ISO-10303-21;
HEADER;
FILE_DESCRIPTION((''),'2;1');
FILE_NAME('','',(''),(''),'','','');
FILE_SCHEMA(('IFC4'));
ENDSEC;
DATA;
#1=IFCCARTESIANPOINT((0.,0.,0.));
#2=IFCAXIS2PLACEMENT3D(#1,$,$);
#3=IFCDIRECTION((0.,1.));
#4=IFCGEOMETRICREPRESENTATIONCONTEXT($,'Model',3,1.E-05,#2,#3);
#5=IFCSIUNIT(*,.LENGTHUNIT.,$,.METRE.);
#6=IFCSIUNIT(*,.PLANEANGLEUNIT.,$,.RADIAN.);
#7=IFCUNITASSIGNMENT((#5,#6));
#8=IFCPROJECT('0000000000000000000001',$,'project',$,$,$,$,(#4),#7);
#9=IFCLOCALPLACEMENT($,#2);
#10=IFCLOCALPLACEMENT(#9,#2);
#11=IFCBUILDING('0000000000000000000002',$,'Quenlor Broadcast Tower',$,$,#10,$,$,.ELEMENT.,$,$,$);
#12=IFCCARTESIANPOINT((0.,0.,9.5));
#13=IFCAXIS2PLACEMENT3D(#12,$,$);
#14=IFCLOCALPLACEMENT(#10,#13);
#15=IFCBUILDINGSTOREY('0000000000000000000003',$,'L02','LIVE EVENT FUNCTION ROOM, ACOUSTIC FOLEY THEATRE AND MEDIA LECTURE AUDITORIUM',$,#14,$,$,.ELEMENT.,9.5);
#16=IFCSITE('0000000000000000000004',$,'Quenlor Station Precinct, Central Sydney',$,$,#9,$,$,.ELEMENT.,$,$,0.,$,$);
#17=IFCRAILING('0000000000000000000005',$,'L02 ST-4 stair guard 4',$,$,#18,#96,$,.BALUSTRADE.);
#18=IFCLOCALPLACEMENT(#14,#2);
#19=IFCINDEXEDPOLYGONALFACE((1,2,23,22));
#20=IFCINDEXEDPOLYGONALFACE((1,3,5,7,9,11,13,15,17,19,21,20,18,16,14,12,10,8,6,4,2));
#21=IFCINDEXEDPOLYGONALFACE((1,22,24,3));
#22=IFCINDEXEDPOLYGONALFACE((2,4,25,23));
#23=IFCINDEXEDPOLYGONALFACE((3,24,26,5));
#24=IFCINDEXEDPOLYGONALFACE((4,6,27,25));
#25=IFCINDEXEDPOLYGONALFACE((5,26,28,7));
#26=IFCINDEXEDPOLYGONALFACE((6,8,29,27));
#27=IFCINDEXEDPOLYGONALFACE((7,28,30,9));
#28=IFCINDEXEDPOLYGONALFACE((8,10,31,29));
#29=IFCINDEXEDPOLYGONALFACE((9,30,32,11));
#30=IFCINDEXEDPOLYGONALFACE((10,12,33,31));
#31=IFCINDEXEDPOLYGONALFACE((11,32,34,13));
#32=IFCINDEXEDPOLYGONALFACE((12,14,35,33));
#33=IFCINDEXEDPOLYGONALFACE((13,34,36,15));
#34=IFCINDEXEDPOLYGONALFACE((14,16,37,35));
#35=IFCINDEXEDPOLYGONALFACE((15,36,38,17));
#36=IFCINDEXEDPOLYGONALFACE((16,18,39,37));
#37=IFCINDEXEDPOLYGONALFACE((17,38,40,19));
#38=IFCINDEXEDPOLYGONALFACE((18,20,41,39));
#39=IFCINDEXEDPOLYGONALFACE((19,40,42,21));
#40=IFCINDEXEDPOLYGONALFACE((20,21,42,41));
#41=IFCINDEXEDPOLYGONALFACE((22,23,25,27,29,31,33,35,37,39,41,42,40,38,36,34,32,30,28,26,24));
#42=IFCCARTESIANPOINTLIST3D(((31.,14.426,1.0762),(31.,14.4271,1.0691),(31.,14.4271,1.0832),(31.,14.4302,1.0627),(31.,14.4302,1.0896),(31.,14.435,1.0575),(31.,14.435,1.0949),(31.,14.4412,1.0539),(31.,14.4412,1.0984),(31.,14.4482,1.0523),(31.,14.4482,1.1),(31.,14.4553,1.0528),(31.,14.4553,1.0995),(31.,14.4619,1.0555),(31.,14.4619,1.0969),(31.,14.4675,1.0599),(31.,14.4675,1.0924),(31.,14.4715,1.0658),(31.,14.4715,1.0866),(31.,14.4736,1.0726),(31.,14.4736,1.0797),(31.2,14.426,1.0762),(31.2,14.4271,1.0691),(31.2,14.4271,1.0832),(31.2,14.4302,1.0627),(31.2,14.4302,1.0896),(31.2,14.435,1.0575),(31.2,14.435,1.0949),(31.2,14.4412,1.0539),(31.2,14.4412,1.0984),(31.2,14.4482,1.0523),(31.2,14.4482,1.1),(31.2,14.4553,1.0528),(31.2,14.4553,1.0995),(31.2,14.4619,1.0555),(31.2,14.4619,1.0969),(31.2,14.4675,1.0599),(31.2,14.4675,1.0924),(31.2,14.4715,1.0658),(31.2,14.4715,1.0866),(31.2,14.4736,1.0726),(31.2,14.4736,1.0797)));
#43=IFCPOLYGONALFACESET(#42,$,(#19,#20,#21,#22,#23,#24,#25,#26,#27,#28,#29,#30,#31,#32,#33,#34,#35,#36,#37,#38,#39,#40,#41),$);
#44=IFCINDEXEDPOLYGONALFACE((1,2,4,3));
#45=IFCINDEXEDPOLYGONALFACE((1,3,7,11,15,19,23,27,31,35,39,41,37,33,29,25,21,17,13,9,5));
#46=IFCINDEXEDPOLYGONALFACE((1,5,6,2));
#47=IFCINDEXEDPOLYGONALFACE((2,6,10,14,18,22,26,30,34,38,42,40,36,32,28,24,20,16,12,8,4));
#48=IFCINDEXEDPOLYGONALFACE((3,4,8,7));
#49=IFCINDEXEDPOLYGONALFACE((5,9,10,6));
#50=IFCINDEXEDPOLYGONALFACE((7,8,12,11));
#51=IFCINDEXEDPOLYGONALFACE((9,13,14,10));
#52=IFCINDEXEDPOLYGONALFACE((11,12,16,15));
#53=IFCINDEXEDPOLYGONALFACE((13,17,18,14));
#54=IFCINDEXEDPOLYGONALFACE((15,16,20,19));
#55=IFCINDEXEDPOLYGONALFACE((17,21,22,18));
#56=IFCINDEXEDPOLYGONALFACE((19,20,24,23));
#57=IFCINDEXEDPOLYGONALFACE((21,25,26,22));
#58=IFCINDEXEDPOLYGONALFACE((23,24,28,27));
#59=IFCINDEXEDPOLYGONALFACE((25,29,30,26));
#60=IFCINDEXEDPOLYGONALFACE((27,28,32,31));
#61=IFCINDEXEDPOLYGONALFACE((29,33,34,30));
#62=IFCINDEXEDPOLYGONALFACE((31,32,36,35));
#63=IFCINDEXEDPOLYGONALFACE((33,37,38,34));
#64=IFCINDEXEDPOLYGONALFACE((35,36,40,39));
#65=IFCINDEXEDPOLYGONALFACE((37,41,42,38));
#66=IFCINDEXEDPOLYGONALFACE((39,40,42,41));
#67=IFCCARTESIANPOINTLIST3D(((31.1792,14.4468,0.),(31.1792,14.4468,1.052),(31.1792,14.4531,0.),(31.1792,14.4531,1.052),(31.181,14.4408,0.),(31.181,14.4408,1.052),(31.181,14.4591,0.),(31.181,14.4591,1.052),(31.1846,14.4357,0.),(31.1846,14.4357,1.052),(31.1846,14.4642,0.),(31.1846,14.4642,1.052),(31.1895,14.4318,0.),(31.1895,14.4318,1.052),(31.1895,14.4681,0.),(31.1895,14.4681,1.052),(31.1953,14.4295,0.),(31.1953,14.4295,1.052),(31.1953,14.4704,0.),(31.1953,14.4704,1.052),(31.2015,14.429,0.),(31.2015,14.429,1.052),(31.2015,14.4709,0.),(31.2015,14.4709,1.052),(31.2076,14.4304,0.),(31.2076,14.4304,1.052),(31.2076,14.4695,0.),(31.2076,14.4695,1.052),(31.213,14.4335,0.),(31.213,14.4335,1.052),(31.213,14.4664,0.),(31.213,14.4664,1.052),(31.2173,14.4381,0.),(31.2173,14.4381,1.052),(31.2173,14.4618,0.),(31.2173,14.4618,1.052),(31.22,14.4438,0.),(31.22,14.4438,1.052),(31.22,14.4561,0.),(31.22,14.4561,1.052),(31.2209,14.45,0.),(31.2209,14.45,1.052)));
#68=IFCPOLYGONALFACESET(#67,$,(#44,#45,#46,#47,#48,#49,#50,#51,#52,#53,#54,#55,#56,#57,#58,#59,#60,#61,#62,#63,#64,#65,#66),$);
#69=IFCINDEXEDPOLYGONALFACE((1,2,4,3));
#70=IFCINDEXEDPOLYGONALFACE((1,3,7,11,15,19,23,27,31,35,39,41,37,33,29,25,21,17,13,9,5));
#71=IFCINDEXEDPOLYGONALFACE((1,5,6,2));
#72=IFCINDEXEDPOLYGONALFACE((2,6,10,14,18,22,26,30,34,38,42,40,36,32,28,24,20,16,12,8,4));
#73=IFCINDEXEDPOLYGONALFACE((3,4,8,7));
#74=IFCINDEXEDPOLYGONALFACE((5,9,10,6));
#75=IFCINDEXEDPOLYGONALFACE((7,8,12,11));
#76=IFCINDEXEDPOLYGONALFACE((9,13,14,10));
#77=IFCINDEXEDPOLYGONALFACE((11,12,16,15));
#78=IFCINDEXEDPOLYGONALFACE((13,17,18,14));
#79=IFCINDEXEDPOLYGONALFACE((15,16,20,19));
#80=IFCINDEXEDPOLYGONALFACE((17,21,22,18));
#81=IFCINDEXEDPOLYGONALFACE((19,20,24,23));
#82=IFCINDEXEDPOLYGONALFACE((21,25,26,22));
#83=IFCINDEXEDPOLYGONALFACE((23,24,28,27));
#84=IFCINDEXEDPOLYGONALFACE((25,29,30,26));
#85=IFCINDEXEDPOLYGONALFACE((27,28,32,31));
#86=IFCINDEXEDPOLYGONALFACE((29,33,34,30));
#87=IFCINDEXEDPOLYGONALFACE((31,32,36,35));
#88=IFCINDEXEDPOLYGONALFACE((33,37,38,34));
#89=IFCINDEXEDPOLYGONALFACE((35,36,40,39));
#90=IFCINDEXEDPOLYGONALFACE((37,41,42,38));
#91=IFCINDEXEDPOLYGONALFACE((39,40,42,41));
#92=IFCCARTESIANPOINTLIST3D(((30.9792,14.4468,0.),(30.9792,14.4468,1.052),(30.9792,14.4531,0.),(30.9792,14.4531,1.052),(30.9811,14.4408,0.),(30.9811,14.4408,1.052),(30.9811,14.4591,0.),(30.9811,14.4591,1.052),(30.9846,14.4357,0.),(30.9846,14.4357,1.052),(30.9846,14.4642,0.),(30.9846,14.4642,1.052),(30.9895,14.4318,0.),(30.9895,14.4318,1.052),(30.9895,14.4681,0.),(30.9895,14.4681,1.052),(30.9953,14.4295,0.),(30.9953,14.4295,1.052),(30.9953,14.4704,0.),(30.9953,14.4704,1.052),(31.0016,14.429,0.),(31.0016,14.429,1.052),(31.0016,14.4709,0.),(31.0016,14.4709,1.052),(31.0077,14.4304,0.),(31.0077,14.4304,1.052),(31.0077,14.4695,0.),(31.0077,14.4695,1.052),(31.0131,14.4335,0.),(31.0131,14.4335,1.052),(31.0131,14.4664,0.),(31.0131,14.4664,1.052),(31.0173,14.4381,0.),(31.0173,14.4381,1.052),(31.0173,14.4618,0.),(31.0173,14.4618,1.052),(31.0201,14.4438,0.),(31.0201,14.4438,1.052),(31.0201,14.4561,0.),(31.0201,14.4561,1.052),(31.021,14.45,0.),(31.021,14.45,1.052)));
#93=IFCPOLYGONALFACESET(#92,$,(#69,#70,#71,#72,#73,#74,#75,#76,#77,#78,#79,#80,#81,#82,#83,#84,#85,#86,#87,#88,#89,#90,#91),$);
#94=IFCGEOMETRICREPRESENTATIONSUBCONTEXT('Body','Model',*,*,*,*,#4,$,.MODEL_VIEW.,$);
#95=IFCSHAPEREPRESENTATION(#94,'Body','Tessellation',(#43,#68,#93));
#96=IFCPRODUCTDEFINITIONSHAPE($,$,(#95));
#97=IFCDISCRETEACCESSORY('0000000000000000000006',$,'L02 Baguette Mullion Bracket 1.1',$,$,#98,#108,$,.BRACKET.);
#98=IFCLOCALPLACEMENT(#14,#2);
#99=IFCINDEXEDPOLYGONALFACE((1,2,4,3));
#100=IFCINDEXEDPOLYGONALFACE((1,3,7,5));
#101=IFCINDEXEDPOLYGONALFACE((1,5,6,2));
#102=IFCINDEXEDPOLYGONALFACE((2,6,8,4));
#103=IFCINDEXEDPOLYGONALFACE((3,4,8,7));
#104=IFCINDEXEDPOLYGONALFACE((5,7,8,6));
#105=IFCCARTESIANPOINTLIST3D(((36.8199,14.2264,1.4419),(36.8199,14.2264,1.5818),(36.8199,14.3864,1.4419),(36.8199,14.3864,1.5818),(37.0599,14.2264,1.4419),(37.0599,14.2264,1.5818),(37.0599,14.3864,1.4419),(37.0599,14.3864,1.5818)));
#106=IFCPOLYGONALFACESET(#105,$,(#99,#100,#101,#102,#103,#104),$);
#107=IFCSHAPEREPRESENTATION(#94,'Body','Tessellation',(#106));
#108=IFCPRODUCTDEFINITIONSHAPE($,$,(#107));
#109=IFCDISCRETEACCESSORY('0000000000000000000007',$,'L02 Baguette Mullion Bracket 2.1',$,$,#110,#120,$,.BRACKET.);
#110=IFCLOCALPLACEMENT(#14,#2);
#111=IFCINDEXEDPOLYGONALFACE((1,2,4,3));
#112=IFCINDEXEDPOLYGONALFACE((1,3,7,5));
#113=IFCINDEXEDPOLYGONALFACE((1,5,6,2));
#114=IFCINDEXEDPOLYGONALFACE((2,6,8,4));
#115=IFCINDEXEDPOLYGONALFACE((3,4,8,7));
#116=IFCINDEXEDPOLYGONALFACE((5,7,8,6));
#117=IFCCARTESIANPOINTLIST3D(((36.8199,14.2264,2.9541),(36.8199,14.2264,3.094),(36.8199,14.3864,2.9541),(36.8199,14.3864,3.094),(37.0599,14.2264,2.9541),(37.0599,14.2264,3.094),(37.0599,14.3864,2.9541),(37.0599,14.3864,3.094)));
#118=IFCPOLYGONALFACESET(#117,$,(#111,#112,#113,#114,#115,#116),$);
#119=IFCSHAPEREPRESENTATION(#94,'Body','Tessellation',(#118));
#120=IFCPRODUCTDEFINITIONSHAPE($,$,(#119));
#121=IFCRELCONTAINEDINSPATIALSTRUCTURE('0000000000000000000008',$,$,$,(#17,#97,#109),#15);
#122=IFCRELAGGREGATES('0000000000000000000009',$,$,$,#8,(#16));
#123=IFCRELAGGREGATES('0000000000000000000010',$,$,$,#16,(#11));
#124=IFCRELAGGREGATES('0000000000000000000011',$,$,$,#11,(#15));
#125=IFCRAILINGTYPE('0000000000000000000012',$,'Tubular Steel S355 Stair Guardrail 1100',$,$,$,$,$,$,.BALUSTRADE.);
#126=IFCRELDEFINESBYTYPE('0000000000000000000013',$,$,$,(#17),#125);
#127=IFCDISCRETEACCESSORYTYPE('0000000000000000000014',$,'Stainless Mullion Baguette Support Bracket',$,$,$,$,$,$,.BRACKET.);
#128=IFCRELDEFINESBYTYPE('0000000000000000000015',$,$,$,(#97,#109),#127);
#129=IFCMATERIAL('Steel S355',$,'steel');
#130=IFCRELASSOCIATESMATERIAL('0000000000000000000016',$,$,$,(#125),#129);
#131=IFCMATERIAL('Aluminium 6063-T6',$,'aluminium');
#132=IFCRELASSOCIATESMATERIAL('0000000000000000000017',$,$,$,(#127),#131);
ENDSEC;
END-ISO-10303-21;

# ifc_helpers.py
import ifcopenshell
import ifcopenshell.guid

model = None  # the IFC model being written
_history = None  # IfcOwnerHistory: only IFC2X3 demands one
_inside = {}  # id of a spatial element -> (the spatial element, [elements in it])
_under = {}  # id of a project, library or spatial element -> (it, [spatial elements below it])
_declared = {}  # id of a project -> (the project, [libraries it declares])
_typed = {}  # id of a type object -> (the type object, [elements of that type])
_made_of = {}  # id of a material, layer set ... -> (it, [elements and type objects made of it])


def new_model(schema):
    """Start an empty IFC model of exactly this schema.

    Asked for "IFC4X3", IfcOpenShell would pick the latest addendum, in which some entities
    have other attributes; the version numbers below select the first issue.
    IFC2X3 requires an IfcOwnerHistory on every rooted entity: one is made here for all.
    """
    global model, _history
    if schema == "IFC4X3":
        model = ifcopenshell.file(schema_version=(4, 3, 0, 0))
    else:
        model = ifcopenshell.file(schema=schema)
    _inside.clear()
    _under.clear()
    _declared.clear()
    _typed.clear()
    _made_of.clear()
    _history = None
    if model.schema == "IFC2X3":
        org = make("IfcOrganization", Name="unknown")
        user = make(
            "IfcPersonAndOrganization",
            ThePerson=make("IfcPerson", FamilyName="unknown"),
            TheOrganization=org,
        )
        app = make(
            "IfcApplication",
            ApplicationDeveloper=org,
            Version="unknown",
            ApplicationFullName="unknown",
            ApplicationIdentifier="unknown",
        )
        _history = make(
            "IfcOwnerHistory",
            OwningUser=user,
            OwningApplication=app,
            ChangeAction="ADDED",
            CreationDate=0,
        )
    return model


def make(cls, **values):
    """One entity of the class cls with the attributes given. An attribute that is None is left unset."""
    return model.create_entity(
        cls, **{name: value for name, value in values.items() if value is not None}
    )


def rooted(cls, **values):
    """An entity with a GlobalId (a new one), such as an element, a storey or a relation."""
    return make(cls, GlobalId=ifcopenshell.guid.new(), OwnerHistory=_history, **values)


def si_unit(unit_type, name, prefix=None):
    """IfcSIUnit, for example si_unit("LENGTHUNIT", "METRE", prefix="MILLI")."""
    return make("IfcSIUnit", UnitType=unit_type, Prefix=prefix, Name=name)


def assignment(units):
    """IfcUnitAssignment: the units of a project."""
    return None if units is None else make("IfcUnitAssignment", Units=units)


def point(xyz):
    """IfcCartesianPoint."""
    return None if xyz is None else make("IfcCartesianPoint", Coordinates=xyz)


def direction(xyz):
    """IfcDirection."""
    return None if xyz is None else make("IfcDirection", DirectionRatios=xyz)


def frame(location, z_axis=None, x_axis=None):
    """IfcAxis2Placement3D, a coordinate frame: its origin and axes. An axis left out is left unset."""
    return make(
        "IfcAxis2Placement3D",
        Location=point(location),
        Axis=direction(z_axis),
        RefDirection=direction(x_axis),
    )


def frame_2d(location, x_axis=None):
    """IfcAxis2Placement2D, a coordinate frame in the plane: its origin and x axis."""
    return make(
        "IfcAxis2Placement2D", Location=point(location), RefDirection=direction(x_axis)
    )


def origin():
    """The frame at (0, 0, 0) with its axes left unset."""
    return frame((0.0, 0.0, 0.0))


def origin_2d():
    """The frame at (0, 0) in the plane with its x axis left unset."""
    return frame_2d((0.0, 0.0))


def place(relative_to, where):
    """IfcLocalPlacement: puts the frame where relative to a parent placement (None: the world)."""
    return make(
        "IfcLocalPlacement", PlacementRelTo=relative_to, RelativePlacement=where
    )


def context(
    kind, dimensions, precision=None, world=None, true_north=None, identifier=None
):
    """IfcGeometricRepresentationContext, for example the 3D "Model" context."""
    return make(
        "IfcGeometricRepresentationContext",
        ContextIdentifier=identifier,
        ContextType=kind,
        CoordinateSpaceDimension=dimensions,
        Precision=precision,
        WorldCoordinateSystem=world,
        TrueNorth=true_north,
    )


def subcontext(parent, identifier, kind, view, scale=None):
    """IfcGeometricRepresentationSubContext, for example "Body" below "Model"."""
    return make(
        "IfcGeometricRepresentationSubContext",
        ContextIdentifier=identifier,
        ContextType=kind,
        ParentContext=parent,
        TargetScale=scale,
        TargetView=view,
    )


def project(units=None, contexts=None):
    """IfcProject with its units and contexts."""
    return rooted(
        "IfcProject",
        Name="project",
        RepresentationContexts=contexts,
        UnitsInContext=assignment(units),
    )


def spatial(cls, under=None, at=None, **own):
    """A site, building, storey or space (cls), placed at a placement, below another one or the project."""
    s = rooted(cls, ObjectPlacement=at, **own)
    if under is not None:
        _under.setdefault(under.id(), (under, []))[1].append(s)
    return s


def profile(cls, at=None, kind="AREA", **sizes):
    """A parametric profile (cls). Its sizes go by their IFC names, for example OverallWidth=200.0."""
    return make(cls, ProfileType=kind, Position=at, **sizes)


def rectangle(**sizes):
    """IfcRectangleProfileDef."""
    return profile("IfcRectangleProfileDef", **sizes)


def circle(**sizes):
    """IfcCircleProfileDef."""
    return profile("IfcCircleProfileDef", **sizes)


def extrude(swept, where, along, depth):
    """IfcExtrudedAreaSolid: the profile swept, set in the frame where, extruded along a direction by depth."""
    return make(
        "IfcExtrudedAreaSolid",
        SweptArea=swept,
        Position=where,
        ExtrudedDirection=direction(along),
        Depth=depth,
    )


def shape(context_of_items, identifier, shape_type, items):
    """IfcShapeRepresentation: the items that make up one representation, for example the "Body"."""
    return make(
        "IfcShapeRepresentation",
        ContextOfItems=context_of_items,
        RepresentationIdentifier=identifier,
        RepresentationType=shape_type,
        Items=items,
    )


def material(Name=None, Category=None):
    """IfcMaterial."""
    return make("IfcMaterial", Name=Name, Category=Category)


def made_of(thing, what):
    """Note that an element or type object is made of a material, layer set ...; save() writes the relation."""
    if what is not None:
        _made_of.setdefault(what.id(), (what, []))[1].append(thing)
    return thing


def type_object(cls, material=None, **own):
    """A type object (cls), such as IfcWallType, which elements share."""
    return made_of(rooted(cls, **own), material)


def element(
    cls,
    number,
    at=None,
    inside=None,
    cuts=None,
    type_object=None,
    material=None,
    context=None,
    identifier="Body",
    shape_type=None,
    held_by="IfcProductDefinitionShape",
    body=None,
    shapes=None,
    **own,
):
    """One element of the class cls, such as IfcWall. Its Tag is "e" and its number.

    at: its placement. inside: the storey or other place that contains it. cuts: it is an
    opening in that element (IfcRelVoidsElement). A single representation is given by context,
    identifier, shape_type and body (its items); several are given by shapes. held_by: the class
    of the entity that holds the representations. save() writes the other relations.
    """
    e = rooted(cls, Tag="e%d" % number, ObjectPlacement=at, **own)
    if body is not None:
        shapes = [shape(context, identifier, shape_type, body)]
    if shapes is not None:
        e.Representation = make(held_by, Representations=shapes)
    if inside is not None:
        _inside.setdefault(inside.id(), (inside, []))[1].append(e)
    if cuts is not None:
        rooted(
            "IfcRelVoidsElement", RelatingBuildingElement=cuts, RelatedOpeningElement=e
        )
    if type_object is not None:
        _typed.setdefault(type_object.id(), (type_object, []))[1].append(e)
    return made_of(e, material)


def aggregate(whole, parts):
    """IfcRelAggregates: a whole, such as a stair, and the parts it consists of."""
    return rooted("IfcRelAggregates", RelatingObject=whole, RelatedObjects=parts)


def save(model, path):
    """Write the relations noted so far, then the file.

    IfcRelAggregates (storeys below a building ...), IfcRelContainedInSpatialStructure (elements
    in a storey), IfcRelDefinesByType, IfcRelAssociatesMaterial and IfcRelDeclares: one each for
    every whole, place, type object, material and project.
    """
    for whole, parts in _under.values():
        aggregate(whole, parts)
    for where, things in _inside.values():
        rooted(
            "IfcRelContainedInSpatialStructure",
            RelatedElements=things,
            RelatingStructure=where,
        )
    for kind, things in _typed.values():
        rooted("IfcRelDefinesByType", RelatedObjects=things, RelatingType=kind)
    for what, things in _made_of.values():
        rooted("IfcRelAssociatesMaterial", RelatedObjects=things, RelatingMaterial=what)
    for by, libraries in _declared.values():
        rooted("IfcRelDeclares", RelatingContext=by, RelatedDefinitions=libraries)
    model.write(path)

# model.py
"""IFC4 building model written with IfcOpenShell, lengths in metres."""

from ifc_helpers import new_model, si_unit, direction, frame, origin, origin_2d, place, context, subcontext, project, spatial, rectangle, circle, extrude, material, type_object, element, save


model = new_model("IFC4")

# Units and contexts
model_context = context("Model", 3, precision=1e-05, world=origin(), true_north=direction((0.0, 1.0)))
body_context = subcontext(model_context, "Body", "Model", "MODEL_VIEW")
ifc_project = project(units=[si_unit("LENGTHUNIT", "METRE"), si_unit("PLANEANGLEUNIT", "RADIAN")], contexts=[model_context])

# Site, building, storey
site_placement = place(None, origin())
site = spatial("IfcSite", under=ifc_project, at=site_placement, Name="Quenlor Station Precinct, Central Sydney", CompositionType="ELEMENT", RefElevation=0.0)
building_placement = place(site_placement, origin())
building = spatial("IfcBuilding", under=site, at=building_placement, Name="Quenlor Broadcast Tower", CompositionType="ELEMENT")
storey_placement = place(building_placement, frame((0.0, 0.0, 9.5)))
storey = spatial("IfcBuildingStorey", under=building, at=storey_placement, Name="L02", Description="LIVE EVENT FUNCTION ROOM, ACOUSTIC FOLEY THEATRE AND MEDIA LECTURE AUDITORIUM", CompositionType="ELEMENT", Elevation=9.5)

# Railing
ifc_material_1 = material(Name="Steel S355", Category="steel")
railing_type_1 = type_object("IfcRailingType", Name="Tubular Steel S355 Stair Guardrail 1100", PredefinedType="BALUSTRADE", material=ifc_material_1)
railing_1_placement = place(storey_placement, frame((31.2, 14.45, 0.0)))
element("IfcRailing", 1, at=railing_1_placement, inside=storey, type_object=railing_type_1, Name="L02 ST-4 stair guard 4", PredefinedType="BALUSTRADE", context=body_context, shape_type="SweptSolid", body=[
    extrude(circle(Radius=0.0239, at=origin_2d()), frame((0.0, 0.0, 1.0762), z_axis=(-1.0, 0.0, 0.0), x_axis=(0.0, -1.0, 0.0)), (0.0, 0.0, 1.0), 0.2),
    extrude(circle(Radius=0.021, at=origin_2d()), origin(), (0.0, 0.0, 1.0), 1.052),
    extrude(circle(Radius=0.021, at=origin_2d()), frame((-0.2, 0.0, 0.0)), (0.0, 0.0, 1.0), 1.052),
])

# Discrete accessories
ifc_material_2 = material(Name="Aluminium 6063-T6", Category="aluminium")
discrete_accessory_type = type_object("IfcDiscreteAccessoryType", Name="Stainless Mullion Baguette Support Bracket", PredefinedType="BRACKET", material=ifc_material_2)
for number, where, z_axis, x_axis, name in (
    (2, (36.9399, 14.3064, 1.4419), (0.0, 0.0, 1.0), (0.0, -1.0, 0.0), "L02 Baguette Mullion Bracket 1.1"),
    (3, (36.9399, 14.3064, 2.9541), (0.0, 0.0, 1.0), (0.0, -1.0, 0.0), "L02 Baguette Mullion Bracket 2.1"),
):
    element("IfcDiscreteAccessory", number, at=place(storey_placement, frame(where, z_axis=z_axis, x_axis=x_axis)), inside=storey, type_object=discrete_accessory_type, Name=name, PredefinedType="BRACKET", context=body_context, shape_type="SweptSolid", body=[
        extrude(rectangle(XDim=0.1599, YDim=0.24, at=origin_2d()), origin(), (0.0, 0.0, 1.0), 0.1399),
    ])

save(model, "model.ifc")
